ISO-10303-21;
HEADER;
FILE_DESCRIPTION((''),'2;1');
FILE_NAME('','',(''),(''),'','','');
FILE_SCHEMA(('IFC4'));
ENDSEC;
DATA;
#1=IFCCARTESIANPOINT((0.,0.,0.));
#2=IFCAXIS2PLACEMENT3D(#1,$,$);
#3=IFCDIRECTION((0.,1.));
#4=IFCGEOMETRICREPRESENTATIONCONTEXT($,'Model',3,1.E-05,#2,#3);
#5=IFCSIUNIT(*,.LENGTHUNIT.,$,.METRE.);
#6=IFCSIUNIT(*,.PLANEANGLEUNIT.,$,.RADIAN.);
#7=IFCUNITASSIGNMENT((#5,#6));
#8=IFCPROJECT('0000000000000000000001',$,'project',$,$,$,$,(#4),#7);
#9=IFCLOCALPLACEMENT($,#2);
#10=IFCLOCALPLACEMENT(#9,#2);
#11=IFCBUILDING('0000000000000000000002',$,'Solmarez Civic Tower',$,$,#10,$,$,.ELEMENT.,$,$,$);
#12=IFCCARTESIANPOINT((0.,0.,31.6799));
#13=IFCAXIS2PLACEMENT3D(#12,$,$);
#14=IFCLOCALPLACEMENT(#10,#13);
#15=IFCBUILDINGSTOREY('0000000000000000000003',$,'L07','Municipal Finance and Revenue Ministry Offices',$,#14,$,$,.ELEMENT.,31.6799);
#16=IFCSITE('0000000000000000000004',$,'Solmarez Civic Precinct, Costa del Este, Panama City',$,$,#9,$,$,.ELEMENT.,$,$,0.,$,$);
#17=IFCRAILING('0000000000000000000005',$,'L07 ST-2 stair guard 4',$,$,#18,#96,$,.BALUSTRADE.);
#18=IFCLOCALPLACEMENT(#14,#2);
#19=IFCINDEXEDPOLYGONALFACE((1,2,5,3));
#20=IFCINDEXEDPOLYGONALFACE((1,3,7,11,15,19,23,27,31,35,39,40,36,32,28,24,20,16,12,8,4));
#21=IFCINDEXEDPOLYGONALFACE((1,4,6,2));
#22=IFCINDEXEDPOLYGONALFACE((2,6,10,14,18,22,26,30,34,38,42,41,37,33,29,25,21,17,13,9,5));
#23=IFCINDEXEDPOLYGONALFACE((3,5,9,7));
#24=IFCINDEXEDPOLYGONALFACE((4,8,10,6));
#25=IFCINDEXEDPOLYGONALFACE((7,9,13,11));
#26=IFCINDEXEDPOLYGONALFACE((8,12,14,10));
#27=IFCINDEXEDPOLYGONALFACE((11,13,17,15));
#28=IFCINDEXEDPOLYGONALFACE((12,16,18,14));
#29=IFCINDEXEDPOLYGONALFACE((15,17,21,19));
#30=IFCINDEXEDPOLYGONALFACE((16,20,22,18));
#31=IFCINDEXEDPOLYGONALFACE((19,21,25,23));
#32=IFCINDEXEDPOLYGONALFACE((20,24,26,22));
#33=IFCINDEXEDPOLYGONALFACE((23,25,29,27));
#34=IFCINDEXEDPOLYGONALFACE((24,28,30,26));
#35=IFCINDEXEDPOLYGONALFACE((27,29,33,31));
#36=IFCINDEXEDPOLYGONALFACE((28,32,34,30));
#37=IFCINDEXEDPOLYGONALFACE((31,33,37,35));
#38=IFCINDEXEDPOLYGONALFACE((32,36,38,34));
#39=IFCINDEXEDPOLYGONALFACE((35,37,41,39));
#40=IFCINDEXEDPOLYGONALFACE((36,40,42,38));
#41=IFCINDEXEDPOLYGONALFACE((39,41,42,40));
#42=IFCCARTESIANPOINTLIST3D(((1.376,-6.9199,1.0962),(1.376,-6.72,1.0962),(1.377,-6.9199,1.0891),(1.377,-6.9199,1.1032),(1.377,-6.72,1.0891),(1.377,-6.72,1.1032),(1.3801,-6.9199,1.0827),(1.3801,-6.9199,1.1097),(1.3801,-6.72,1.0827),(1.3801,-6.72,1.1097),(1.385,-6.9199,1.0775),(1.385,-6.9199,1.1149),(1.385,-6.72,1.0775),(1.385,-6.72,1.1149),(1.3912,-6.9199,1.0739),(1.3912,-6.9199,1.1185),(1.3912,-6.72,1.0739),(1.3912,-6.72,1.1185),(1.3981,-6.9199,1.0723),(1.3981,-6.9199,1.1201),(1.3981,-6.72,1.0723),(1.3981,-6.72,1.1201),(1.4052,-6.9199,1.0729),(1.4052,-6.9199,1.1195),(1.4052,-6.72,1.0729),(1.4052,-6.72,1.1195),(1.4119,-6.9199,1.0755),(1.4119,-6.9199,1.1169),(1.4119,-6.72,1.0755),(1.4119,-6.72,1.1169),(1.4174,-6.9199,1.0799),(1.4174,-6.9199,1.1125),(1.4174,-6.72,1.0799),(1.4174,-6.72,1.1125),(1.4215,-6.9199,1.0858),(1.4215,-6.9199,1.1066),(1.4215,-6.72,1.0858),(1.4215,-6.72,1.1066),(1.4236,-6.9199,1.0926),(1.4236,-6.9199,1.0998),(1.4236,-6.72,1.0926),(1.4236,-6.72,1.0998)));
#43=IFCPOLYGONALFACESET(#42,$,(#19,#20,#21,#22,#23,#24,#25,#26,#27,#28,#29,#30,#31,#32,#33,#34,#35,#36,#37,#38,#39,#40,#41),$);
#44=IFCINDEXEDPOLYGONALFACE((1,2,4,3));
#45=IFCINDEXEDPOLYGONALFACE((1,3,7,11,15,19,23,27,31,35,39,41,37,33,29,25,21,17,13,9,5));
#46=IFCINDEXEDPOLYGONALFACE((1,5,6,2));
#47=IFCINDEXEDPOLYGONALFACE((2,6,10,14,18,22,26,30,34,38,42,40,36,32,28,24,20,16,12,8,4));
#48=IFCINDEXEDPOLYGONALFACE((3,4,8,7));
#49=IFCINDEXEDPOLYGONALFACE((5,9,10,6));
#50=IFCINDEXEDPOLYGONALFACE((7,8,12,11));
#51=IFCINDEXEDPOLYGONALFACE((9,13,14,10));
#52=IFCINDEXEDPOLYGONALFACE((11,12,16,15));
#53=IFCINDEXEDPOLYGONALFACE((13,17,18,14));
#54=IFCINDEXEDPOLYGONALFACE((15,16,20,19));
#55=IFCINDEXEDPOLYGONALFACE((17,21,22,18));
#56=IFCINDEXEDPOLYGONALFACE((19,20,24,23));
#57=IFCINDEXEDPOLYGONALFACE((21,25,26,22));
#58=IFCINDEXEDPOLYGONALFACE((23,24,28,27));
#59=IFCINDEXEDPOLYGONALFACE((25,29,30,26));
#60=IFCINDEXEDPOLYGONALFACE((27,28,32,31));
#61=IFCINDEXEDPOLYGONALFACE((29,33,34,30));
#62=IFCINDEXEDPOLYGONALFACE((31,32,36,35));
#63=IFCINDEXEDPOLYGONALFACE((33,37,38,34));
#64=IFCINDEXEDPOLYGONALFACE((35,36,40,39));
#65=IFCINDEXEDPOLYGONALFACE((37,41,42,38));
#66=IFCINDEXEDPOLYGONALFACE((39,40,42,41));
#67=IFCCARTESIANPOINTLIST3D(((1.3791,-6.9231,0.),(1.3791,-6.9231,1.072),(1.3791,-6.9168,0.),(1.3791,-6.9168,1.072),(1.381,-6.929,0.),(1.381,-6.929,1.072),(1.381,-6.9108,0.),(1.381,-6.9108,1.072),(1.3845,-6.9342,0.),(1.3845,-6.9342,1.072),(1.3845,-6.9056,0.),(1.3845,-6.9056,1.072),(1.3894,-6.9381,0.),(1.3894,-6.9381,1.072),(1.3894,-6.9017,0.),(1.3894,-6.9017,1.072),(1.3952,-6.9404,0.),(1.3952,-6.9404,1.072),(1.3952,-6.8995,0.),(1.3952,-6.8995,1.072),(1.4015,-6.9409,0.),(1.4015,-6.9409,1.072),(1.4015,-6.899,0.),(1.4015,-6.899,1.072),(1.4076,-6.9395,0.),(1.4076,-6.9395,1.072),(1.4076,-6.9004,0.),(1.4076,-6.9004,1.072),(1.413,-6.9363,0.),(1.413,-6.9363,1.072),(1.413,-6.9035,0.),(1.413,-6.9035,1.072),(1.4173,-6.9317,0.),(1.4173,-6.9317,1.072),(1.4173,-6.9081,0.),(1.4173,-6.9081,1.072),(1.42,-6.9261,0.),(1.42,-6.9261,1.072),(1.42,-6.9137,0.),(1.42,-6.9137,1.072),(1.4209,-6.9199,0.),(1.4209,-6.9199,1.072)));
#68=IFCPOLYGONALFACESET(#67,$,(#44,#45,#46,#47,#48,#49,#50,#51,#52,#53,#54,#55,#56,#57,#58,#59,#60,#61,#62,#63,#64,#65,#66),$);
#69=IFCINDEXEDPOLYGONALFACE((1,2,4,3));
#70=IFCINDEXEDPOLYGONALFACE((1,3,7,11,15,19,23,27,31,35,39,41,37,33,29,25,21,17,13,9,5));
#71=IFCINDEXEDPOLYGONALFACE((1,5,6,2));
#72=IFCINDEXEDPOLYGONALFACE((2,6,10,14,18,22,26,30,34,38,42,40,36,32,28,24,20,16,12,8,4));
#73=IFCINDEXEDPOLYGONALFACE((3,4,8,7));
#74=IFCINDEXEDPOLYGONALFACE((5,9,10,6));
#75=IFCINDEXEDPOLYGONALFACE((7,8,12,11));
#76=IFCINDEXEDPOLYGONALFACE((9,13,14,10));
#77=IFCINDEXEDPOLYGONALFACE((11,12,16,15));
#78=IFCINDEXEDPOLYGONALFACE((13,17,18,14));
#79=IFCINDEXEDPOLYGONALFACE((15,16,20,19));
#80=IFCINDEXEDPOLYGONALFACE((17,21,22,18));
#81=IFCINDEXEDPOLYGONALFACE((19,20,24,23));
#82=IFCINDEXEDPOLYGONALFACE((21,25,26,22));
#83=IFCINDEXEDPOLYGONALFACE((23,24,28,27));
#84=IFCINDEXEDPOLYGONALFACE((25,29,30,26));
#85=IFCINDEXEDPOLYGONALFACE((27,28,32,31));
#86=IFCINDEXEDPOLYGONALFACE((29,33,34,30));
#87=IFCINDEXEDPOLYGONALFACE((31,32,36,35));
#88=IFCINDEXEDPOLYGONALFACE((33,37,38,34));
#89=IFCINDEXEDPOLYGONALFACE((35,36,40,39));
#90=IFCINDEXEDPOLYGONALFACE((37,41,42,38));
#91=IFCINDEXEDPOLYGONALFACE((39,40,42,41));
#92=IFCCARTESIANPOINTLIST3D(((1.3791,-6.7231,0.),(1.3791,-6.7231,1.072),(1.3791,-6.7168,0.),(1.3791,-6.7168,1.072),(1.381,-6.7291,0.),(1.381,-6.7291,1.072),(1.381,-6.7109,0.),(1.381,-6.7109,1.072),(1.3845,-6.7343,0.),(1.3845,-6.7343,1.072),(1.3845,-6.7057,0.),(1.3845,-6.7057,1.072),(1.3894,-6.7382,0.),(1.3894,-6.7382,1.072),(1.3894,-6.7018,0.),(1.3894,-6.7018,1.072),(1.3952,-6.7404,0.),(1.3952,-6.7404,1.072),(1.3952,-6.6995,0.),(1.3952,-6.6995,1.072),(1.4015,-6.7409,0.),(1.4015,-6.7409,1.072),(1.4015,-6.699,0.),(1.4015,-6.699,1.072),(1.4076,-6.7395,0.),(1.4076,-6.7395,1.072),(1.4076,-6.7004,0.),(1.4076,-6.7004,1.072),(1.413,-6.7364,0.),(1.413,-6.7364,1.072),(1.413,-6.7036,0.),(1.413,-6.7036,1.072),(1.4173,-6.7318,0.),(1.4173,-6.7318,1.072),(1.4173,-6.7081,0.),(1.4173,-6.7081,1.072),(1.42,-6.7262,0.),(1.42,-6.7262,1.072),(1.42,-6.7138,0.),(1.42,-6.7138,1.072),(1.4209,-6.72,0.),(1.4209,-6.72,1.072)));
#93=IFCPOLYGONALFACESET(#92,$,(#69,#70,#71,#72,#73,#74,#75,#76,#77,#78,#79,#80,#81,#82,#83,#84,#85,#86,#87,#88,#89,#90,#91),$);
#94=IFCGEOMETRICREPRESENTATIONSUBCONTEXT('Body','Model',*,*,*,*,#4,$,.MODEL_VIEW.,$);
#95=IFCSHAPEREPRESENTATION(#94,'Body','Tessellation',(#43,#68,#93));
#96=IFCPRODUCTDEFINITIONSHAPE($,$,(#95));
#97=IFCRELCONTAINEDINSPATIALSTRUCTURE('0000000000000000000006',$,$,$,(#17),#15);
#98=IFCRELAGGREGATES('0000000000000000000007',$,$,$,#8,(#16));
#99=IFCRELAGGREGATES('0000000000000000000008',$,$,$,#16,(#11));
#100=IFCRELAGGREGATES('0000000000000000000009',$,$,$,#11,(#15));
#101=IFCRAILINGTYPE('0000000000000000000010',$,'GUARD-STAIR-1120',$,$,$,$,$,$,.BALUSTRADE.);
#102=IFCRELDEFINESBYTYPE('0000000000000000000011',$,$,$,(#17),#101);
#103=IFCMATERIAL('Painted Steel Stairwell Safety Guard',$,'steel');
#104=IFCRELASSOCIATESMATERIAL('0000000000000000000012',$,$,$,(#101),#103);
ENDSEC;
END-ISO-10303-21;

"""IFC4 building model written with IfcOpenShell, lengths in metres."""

from ifc_helpers import new_model, si_unit, direction, frame, origin, origin_2d, place, context, subcontext, project, spatial, circle, extrude, material, type_object, element, save


model = new_model("IFC4")

# Units and contexts
model_context = context("Model", 3, precision=1e-05, world=origin(), true_north=direction((0.0, 1.0)))
body_context = subcontext(model_context, "Body", "Model", "MODEL_VIEW")
ifc_project = project(units=[si_unit("LENGTHUNIT", "METRE"), si_unit("PLANEANGLEUNIT", "RADIAN")], contexts=[model_context])

# Site, building, storey
site_placement = place(None, origin())
site = spatial("IfcSite", under=ifc_project, at=site_placement, Name="Solmarez Civic Precinct, Costa del Este, Panama City", CompositionType="ELEMENT", RefElevation=0.0)
building_placement = place(site_placement, origin())
building = spatial("IfcBuilding", under=site, at=building_placement, Name="Solmarez Civic Tower", CompositionType="ELEMENT")
storey_placement = place(building_placement, frame((0.0, 0.0, 31.6799)))
storey = spatial("IfcBuildingStorey", under=building, at=storey_placement, Name="L07", Description="Municipal Finance and Revenue Ministry Offices", CompositionType="ELEMENT", Elevation=31.6799)

# Railing
ifc_material_1 = material(Name="Painted Steel Stairwell Safety Guard", Category="steel")
railing_type_1 = type_object("IfcRailingType", Name="GUARD-STAIR-1120", PredefinedType="BALUSTRADE", material=ifc_material_1)
railing_1_placement = place(storey_placement, frame((1.3999, -6.9199, 0.0)))
element("IfcRailing", 1, at=railing_1_placement, inside=storey, type_object=railing_type_1, Name="L07 ST-2 stair guard 4", PredefinedType="BALUSTRADE", context=body_context, shape_type="SweptSolid", body=[
    extrude(circle(Radius=0.0239, at=origin_2d()), frame((0.0, 0.0, 1.0962), z_axis=(0.0, 1.0, 0.0), x_axis=(-1.0, 0.0, 0.0)), (0.0, 0.0, 1.0), 0.2),
    extrude(circle(Radius=0.021, at=origin_2d()), origin(), (0.0, 0.0, 1.0), 1.072),
    extrude(circle(Radius=0.021, at=origin_2d()), frame((0.0, 0.2, 0.0)), (0.0, 0.0, 1.0), 1.072),
])

save(model, "model.ifc")
